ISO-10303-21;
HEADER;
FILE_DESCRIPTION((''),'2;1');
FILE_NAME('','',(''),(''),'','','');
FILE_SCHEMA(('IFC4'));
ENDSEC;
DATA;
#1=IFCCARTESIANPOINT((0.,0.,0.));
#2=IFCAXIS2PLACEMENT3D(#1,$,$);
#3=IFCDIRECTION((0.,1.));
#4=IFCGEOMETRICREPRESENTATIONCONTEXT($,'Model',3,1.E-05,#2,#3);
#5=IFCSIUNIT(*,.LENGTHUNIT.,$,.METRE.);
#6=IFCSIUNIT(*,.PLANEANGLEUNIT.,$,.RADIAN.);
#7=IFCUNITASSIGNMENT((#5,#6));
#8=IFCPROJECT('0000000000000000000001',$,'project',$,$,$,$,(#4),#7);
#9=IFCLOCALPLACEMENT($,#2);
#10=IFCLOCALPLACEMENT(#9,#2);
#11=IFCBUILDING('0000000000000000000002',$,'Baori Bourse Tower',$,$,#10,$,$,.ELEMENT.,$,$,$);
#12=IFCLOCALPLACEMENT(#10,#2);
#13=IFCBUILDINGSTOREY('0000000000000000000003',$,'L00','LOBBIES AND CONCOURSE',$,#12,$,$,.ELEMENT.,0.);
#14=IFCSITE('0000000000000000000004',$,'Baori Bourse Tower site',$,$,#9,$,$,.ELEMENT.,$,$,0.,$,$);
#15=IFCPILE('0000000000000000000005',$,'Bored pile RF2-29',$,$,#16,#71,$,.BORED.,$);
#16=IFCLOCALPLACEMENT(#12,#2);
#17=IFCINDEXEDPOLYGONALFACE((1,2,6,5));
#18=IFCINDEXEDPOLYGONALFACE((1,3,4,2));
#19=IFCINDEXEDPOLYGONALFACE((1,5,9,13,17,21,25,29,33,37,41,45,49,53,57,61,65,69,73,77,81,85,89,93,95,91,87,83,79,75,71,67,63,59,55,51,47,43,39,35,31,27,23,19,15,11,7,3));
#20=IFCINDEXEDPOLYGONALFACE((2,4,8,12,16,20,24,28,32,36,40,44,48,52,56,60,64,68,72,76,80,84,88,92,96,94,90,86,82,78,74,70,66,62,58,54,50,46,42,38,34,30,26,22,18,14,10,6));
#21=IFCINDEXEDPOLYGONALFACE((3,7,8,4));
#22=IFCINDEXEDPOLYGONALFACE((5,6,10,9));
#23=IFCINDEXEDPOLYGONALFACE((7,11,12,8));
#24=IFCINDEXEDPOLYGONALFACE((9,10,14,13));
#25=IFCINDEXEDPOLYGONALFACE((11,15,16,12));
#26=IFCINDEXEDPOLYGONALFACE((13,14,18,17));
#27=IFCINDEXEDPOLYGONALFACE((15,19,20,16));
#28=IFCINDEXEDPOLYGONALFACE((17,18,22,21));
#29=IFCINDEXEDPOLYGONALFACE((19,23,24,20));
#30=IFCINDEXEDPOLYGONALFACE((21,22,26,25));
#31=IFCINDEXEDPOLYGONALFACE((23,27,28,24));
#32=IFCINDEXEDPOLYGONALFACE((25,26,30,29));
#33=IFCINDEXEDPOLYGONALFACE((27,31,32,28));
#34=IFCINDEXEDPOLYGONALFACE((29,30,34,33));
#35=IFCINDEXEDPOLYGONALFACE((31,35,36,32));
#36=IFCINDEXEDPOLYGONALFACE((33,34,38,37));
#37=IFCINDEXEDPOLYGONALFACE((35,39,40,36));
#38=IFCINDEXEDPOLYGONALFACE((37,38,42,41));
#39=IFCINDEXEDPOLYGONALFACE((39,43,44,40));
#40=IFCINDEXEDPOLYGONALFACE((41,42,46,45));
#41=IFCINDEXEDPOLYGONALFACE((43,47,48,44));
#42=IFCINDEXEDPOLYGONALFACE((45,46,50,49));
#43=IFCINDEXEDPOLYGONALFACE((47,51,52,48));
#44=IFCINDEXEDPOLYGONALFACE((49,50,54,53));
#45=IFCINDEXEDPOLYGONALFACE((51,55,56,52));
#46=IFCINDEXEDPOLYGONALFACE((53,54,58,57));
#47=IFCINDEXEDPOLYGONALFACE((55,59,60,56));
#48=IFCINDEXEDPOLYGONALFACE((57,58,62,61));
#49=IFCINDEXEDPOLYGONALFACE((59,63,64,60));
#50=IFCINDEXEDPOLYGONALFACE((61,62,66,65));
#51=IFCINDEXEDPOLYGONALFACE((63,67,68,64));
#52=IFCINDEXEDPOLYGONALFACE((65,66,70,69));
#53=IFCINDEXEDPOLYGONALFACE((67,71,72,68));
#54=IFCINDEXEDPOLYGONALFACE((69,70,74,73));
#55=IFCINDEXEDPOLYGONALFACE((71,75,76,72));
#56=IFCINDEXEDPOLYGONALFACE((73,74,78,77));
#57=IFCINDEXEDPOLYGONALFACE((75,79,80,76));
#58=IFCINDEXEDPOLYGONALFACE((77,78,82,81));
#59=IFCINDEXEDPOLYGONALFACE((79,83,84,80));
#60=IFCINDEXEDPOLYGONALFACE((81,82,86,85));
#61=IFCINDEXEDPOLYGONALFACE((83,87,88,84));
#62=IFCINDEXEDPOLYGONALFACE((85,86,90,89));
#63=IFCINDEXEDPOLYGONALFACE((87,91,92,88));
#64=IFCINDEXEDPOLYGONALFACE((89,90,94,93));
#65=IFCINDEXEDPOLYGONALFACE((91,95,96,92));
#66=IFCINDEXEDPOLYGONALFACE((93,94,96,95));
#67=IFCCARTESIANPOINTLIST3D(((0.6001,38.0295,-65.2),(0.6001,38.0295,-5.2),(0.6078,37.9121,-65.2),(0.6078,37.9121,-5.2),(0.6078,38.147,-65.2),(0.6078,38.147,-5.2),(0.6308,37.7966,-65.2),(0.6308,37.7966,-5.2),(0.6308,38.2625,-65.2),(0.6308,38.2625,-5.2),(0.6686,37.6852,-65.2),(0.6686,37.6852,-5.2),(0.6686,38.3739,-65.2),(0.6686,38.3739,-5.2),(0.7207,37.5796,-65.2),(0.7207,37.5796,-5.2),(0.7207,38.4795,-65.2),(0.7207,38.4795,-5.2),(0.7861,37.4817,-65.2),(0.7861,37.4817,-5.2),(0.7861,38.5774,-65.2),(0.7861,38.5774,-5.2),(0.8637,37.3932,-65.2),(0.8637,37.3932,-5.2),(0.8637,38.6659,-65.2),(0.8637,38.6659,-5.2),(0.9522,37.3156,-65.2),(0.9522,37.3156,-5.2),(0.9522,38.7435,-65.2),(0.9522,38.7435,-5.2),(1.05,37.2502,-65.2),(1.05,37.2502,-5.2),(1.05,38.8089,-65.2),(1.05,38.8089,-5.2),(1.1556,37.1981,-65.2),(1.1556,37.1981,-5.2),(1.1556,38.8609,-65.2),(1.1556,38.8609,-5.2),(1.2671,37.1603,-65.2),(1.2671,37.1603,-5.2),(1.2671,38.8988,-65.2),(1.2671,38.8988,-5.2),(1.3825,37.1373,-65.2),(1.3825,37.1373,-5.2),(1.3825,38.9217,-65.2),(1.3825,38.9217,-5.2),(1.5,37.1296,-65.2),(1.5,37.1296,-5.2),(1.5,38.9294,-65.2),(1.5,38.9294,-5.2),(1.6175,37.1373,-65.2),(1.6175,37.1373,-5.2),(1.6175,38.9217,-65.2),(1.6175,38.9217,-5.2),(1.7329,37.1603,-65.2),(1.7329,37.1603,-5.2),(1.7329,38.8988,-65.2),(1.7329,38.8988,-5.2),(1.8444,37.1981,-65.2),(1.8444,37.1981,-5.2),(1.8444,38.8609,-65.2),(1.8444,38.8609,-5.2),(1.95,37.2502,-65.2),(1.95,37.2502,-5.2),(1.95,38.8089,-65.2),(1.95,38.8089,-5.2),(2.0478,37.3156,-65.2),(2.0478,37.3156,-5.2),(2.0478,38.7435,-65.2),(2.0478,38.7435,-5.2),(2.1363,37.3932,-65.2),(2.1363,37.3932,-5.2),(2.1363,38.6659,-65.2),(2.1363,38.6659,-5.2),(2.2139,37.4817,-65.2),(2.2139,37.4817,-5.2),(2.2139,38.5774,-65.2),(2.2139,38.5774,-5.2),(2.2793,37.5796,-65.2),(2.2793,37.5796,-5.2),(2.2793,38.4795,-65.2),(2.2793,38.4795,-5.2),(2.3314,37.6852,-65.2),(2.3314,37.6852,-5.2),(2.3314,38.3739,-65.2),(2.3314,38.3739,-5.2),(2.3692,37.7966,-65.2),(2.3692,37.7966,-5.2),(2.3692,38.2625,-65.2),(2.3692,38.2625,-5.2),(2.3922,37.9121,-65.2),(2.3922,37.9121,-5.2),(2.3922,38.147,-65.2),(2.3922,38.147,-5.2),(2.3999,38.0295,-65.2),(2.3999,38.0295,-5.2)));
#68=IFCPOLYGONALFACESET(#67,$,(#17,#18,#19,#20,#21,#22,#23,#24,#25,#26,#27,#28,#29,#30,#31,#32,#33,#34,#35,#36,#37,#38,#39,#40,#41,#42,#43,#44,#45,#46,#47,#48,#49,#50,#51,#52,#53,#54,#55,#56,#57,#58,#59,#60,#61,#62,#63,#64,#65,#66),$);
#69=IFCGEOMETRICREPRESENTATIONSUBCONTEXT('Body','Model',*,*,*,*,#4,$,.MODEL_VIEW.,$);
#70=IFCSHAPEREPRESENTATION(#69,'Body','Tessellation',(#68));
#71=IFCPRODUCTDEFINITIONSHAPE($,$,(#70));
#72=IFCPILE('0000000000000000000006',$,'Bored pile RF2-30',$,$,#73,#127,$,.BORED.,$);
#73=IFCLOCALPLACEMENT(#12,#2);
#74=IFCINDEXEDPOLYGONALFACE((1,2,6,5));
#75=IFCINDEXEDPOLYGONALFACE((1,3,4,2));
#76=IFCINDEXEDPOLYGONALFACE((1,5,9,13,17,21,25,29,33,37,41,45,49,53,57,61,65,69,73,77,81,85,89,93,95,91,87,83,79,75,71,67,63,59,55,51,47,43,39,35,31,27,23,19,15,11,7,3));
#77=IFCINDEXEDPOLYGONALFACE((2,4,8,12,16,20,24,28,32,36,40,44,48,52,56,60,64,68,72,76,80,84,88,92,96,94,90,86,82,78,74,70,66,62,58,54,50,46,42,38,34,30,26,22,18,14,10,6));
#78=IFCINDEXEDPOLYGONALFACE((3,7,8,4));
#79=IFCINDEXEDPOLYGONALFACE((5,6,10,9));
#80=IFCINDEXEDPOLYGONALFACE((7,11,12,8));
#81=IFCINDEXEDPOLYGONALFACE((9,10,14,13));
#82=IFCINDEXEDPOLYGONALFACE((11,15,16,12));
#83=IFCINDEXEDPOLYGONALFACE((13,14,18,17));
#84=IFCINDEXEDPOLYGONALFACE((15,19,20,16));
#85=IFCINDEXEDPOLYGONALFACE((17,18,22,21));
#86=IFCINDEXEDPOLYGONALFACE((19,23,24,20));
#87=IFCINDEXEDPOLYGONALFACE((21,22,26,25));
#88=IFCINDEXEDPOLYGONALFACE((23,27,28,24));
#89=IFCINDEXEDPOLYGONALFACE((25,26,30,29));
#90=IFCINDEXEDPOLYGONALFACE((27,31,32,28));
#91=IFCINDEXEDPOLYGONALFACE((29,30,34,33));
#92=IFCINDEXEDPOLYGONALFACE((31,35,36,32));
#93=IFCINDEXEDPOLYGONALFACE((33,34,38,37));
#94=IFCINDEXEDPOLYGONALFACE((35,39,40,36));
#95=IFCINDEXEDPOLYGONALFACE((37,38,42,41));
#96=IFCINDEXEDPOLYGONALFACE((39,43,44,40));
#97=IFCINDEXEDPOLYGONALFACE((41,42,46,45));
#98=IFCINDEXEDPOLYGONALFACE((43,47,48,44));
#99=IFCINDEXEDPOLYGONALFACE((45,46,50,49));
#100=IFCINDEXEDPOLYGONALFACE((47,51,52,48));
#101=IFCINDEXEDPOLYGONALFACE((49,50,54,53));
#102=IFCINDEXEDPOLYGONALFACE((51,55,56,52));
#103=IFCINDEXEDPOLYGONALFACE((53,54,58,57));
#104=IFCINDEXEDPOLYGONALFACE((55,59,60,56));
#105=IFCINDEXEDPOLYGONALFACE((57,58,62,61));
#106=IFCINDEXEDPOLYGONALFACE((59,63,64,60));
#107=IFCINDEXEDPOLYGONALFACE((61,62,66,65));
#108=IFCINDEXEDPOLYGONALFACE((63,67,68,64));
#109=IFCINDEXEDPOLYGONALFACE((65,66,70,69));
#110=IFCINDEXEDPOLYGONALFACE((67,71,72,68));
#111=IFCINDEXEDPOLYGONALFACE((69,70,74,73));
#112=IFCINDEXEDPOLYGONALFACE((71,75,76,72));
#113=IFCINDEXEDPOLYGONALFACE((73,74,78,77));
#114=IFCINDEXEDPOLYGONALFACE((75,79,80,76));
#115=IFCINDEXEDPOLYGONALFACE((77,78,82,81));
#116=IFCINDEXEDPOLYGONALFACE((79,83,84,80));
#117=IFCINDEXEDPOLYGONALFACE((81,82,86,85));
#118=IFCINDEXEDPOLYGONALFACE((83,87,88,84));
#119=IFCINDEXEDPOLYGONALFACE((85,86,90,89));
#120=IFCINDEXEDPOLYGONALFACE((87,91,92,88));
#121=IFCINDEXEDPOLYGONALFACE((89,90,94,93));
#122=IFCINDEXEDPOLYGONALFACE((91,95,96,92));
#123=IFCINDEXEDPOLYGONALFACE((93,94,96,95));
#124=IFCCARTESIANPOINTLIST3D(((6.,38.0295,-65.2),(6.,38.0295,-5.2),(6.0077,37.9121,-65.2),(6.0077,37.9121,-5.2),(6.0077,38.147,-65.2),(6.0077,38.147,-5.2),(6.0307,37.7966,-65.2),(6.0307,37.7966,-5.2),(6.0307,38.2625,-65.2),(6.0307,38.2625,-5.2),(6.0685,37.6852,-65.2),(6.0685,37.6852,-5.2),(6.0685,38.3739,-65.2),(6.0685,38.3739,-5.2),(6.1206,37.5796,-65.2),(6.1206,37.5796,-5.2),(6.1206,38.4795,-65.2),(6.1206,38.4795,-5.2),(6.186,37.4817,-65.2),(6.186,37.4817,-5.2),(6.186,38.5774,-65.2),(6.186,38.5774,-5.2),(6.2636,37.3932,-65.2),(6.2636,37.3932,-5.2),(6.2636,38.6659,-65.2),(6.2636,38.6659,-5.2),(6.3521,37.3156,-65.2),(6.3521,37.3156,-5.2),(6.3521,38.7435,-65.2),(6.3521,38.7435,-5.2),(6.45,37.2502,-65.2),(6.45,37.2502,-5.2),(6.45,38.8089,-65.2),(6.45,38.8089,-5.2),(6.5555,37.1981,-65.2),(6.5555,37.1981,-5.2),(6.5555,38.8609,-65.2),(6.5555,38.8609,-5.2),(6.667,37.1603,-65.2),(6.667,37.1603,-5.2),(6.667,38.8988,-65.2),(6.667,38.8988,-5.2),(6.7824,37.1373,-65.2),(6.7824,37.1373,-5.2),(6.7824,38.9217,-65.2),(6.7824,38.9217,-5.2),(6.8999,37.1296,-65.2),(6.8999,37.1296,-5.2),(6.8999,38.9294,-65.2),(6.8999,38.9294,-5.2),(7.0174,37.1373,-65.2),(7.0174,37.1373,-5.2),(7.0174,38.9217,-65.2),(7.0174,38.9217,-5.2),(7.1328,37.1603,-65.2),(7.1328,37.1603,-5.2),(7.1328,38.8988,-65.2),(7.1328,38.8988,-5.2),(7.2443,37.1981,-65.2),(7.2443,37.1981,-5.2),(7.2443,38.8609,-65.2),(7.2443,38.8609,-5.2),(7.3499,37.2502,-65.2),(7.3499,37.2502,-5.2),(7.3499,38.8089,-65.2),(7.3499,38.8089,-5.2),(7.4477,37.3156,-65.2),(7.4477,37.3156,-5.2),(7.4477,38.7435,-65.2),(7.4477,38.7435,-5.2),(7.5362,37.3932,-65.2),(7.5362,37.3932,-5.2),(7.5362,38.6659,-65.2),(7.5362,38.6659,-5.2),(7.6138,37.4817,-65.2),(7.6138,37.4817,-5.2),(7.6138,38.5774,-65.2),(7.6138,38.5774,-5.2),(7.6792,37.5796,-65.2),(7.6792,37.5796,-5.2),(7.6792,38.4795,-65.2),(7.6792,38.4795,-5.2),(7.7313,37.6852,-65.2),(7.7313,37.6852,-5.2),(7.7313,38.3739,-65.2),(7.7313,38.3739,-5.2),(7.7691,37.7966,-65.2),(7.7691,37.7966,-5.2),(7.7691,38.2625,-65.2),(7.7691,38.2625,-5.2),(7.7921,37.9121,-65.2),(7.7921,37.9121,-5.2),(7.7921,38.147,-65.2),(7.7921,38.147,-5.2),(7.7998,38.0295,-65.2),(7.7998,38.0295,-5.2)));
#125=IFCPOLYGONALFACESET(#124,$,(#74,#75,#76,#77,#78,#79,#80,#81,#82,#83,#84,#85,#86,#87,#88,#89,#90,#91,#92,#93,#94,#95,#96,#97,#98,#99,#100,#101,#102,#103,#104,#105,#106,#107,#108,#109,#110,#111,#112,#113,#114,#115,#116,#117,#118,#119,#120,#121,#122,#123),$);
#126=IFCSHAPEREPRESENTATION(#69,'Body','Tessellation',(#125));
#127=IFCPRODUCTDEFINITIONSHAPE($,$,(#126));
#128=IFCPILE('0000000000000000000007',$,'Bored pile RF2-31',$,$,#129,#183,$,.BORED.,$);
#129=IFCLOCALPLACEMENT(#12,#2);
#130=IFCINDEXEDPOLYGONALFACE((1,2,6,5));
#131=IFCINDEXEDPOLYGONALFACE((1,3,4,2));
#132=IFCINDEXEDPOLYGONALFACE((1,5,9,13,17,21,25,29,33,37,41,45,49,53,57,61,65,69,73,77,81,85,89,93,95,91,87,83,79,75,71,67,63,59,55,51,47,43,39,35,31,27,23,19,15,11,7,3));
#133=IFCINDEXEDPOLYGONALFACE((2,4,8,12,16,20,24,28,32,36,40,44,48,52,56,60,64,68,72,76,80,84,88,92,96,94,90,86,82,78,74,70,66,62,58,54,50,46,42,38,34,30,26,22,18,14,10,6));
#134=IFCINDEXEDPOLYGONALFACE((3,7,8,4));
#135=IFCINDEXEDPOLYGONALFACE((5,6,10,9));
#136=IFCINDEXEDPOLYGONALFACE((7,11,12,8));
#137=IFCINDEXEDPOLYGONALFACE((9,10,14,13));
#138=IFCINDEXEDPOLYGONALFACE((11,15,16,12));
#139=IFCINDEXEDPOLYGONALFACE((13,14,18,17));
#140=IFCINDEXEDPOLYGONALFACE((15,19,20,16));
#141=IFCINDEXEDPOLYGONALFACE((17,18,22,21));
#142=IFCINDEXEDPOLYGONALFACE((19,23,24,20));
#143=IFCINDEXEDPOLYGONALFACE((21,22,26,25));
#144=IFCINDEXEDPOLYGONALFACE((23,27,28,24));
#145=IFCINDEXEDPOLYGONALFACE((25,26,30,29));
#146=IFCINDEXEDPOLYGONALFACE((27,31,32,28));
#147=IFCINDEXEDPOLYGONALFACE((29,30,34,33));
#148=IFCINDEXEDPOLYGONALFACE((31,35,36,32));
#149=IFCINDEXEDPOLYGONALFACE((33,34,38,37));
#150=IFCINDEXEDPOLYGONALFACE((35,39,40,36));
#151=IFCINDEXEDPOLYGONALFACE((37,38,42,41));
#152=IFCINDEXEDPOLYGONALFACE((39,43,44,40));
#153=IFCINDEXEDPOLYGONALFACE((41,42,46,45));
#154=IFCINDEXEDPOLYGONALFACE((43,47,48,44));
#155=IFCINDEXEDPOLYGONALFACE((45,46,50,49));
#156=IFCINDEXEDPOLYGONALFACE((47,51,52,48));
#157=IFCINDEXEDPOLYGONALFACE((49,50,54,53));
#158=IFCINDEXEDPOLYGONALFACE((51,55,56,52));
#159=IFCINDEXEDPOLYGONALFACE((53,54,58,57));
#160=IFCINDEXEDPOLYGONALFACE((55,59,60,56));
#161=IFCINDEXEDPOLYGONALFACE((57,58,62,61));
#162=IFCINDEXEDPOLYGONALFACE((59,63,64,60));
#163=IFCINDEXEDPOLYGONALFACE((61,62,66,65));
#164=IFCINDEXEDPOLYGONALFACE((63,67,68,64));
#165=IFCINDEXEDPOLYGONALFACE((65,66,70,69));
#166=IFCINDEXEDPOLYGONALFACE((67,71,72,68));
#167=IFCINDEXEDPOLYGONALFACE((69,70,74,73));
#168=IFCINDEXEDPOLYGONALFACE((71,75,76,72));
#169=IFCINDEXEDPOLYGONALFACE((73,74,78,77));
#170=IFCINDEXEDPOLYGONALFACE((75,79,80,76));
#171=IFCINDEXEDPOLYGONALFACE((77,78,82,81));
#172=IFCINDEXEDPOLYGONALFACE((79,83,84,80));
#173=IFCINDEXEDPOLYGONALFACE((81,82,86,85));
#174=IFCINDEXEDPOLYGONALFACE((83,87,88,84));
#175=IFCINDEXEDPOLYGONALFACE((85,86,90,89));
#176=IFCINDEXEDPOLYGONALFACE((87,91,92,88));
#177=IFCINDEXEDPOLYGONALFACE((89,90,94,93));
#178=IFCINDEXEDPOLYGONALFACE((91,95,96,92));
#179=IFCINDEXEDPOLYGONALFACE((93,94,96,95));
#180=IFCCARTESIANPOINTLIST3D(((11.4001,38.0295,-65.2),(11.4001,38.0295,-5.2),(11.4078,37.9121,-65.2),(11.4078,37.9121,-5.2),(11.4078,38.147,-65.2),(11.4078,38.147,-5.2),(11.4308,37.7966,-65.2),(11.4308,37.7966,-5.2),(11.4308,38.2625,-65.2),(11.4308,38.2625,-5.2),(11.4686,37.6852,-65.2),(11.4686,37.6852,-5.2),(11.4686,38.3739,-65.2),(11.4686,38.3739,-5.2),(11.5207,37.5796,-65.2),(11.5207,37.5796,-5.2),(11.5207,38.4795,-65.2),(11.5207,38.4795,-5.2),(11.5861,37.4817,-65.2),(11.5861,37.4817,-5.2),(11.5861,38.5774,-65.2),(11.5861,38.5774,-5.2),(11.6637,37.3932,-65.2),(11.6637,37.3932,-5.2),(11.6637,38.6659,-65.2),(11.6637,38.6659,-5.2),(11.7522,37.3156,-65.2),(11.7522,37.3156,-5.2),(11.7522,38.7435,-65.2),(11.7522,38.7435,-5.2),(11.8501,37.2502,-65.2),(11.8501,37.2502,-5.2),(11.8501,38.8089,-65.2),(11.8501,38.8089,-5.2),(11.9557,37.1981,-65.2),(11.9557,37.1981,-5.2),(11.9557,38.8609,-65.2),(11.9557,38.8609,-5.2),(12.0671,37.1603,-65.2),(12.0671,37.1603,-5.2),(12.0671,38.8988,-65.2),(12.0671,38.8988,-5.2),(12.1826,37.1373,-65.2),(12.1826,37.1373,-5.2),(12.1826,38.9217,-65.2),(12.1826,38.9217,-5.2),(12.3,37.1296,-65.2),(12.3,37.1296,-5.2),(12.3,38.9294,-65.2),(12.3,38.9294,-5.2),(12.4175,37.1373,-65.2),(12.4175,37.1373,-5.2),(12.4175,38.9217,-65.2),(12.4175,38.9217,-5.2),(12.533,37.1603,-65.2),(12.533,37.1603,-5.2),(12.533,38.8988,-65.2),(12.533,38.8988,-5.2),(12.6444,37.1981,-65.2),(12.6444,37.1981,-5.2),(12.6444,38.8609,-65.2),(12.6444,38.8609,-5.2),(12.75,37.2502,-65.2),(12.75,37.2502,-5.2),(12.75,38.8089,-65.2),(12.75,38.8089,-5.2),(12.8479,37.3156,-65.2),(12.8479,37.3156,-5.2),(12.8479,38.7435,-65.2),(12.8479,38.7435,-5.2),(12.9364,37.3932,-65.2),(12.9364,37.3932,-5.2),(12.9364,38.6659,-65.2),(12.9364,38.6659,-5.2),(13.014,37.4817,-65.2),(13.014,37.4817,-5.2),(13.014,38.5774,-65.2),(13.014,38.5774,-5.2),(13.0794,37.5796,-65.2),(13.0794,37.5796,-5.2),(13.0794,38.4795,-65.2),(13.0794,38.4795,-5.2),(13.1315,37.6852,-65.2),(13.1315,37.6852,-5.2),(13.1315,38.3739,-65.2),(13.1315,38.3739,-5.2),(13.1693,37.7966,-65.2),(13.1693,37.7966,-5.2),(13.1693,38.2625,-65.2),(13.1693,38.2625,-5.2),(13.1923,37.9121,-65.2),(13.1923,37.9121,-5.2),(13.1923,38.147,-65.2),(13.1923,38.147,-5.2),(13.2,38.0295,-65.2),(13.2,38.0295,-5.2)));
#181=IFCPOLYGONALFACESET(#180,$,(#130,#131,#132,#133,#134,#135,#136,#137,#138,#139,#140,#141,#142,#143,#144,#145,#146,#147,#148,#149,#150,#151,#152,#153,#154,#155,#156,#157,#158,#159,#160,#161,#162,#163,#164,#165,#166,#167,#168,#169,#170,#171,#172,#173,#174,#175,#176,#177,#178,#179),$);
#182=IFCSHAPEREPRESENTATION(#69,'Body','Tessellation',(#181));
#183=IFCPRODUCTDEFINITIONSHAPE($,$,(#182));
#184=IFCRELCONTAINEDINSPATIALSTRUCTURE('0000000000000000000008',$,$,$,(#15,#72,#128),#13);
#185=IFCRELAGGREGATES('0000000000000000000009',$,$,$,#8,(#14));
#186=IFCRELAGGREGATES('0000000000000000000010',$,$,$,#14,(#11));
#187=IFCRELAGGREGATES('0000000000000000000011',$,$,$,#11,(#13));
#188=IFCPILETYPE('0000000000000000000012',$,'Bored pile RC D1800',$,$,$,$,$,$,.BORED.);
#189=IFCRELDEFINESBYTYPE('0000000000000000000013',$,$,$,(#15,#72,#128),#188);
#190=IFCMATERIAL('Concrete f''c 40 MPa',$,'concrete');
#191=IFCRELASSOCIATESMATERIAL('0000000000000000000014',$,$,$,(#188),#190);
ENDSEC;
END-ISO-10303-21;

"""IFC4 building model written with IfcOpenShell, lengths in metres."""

from ifc_helpers import new_model, si_unit, direction, frame, origin, origin_2d, place, context, subcontext, project, spatial, circle, extrude, material, material_profile, profile_set, type_object, element, save


model = new_model("IFC4")

# Units and contexts
model_context = context("Model", 3, precision=1e-05, world=origin(), true_north=direction((0.0, 1.0)))
body_context = subcontext(model_context, "Body", "Model", "MODEL_VIEW")
ifc_project = project(units=[si_unit("LENGTHUNIT", "METRE"), si_unit("PLANEANGLEUNIT", "RADIAN")], contexts=[model_context])

# Site, building, storey
site_placement = place(None, origin())
site = spatial("IfcSite", under=ifc_project, at=site_placement, Name="Baori Bourse Tower site", CompositionType="ELEMENT", RefElevation=0.0)
building_placement = place(site_placement, origin())
building = spatial("IfcBuilding", under=site, at=building_placement, Name="Baori Bourse Tower", CompositionType="ELEMENT")
storey_placement = place(building_placement, origin())
storey = spatial("IfcBuildingStorey", under=building, at=storey_placement, Name="L00", Description="LOBBIES AND CONCOURSE", CompositionType="ELEMENT", Elevation=0.0)

# Piles
ifc_material_1 = material(Name="Concrete f'c 40 MPa", Category="concrete")
ifc_material_profile_1 = material_profile(ifc_material_1, circle(Radius=0.8999, at=origin_2d()), Name="RC D1800")
ifc_profile_set_1 = profile_set([ifc_material_profile_1], Name="Concrete f'c 40 MPa")
pile_type = type_object("IfcPileType", Name="Bored pile RC D1800", PredefinedType="BORED", material=ifc_profile_set_1)
for number, where, z_axis, x_axis, name in (
    (1, (1.5, 38.0295, -5.2), (0.0, 0.0, -1.0), (1.0, 0.0, 0.0), "Bored pile RF2-29"),
    (2, (6.8999, 38.0295, -5.2), (0.0, 0.0, -1.0), (1.0, 0.0, 0.0), "Bored pile RF2-30"),
    (3, (12.3, 38.0295, -5.2), (0.0, 0.0, -1.0), (1.0, 0.0, 0.0), "Bored pile RF2-31"),
):
    element("IfcPile", number, at=place(storey_placement, frame(where, z_axis=z_axis, x_axis=x_axis)), inside=storey, type_object=pile_type, Name=name, PredefinedType="BORED", context=body_context, shape_type="SweptSolid", body=[
        extrude(circle(Radius=0.8999, at=origin_2d()), origin(), (0.0, 0.0, 1.0), 60.0),
    ])

save(model, "model.ifc")
